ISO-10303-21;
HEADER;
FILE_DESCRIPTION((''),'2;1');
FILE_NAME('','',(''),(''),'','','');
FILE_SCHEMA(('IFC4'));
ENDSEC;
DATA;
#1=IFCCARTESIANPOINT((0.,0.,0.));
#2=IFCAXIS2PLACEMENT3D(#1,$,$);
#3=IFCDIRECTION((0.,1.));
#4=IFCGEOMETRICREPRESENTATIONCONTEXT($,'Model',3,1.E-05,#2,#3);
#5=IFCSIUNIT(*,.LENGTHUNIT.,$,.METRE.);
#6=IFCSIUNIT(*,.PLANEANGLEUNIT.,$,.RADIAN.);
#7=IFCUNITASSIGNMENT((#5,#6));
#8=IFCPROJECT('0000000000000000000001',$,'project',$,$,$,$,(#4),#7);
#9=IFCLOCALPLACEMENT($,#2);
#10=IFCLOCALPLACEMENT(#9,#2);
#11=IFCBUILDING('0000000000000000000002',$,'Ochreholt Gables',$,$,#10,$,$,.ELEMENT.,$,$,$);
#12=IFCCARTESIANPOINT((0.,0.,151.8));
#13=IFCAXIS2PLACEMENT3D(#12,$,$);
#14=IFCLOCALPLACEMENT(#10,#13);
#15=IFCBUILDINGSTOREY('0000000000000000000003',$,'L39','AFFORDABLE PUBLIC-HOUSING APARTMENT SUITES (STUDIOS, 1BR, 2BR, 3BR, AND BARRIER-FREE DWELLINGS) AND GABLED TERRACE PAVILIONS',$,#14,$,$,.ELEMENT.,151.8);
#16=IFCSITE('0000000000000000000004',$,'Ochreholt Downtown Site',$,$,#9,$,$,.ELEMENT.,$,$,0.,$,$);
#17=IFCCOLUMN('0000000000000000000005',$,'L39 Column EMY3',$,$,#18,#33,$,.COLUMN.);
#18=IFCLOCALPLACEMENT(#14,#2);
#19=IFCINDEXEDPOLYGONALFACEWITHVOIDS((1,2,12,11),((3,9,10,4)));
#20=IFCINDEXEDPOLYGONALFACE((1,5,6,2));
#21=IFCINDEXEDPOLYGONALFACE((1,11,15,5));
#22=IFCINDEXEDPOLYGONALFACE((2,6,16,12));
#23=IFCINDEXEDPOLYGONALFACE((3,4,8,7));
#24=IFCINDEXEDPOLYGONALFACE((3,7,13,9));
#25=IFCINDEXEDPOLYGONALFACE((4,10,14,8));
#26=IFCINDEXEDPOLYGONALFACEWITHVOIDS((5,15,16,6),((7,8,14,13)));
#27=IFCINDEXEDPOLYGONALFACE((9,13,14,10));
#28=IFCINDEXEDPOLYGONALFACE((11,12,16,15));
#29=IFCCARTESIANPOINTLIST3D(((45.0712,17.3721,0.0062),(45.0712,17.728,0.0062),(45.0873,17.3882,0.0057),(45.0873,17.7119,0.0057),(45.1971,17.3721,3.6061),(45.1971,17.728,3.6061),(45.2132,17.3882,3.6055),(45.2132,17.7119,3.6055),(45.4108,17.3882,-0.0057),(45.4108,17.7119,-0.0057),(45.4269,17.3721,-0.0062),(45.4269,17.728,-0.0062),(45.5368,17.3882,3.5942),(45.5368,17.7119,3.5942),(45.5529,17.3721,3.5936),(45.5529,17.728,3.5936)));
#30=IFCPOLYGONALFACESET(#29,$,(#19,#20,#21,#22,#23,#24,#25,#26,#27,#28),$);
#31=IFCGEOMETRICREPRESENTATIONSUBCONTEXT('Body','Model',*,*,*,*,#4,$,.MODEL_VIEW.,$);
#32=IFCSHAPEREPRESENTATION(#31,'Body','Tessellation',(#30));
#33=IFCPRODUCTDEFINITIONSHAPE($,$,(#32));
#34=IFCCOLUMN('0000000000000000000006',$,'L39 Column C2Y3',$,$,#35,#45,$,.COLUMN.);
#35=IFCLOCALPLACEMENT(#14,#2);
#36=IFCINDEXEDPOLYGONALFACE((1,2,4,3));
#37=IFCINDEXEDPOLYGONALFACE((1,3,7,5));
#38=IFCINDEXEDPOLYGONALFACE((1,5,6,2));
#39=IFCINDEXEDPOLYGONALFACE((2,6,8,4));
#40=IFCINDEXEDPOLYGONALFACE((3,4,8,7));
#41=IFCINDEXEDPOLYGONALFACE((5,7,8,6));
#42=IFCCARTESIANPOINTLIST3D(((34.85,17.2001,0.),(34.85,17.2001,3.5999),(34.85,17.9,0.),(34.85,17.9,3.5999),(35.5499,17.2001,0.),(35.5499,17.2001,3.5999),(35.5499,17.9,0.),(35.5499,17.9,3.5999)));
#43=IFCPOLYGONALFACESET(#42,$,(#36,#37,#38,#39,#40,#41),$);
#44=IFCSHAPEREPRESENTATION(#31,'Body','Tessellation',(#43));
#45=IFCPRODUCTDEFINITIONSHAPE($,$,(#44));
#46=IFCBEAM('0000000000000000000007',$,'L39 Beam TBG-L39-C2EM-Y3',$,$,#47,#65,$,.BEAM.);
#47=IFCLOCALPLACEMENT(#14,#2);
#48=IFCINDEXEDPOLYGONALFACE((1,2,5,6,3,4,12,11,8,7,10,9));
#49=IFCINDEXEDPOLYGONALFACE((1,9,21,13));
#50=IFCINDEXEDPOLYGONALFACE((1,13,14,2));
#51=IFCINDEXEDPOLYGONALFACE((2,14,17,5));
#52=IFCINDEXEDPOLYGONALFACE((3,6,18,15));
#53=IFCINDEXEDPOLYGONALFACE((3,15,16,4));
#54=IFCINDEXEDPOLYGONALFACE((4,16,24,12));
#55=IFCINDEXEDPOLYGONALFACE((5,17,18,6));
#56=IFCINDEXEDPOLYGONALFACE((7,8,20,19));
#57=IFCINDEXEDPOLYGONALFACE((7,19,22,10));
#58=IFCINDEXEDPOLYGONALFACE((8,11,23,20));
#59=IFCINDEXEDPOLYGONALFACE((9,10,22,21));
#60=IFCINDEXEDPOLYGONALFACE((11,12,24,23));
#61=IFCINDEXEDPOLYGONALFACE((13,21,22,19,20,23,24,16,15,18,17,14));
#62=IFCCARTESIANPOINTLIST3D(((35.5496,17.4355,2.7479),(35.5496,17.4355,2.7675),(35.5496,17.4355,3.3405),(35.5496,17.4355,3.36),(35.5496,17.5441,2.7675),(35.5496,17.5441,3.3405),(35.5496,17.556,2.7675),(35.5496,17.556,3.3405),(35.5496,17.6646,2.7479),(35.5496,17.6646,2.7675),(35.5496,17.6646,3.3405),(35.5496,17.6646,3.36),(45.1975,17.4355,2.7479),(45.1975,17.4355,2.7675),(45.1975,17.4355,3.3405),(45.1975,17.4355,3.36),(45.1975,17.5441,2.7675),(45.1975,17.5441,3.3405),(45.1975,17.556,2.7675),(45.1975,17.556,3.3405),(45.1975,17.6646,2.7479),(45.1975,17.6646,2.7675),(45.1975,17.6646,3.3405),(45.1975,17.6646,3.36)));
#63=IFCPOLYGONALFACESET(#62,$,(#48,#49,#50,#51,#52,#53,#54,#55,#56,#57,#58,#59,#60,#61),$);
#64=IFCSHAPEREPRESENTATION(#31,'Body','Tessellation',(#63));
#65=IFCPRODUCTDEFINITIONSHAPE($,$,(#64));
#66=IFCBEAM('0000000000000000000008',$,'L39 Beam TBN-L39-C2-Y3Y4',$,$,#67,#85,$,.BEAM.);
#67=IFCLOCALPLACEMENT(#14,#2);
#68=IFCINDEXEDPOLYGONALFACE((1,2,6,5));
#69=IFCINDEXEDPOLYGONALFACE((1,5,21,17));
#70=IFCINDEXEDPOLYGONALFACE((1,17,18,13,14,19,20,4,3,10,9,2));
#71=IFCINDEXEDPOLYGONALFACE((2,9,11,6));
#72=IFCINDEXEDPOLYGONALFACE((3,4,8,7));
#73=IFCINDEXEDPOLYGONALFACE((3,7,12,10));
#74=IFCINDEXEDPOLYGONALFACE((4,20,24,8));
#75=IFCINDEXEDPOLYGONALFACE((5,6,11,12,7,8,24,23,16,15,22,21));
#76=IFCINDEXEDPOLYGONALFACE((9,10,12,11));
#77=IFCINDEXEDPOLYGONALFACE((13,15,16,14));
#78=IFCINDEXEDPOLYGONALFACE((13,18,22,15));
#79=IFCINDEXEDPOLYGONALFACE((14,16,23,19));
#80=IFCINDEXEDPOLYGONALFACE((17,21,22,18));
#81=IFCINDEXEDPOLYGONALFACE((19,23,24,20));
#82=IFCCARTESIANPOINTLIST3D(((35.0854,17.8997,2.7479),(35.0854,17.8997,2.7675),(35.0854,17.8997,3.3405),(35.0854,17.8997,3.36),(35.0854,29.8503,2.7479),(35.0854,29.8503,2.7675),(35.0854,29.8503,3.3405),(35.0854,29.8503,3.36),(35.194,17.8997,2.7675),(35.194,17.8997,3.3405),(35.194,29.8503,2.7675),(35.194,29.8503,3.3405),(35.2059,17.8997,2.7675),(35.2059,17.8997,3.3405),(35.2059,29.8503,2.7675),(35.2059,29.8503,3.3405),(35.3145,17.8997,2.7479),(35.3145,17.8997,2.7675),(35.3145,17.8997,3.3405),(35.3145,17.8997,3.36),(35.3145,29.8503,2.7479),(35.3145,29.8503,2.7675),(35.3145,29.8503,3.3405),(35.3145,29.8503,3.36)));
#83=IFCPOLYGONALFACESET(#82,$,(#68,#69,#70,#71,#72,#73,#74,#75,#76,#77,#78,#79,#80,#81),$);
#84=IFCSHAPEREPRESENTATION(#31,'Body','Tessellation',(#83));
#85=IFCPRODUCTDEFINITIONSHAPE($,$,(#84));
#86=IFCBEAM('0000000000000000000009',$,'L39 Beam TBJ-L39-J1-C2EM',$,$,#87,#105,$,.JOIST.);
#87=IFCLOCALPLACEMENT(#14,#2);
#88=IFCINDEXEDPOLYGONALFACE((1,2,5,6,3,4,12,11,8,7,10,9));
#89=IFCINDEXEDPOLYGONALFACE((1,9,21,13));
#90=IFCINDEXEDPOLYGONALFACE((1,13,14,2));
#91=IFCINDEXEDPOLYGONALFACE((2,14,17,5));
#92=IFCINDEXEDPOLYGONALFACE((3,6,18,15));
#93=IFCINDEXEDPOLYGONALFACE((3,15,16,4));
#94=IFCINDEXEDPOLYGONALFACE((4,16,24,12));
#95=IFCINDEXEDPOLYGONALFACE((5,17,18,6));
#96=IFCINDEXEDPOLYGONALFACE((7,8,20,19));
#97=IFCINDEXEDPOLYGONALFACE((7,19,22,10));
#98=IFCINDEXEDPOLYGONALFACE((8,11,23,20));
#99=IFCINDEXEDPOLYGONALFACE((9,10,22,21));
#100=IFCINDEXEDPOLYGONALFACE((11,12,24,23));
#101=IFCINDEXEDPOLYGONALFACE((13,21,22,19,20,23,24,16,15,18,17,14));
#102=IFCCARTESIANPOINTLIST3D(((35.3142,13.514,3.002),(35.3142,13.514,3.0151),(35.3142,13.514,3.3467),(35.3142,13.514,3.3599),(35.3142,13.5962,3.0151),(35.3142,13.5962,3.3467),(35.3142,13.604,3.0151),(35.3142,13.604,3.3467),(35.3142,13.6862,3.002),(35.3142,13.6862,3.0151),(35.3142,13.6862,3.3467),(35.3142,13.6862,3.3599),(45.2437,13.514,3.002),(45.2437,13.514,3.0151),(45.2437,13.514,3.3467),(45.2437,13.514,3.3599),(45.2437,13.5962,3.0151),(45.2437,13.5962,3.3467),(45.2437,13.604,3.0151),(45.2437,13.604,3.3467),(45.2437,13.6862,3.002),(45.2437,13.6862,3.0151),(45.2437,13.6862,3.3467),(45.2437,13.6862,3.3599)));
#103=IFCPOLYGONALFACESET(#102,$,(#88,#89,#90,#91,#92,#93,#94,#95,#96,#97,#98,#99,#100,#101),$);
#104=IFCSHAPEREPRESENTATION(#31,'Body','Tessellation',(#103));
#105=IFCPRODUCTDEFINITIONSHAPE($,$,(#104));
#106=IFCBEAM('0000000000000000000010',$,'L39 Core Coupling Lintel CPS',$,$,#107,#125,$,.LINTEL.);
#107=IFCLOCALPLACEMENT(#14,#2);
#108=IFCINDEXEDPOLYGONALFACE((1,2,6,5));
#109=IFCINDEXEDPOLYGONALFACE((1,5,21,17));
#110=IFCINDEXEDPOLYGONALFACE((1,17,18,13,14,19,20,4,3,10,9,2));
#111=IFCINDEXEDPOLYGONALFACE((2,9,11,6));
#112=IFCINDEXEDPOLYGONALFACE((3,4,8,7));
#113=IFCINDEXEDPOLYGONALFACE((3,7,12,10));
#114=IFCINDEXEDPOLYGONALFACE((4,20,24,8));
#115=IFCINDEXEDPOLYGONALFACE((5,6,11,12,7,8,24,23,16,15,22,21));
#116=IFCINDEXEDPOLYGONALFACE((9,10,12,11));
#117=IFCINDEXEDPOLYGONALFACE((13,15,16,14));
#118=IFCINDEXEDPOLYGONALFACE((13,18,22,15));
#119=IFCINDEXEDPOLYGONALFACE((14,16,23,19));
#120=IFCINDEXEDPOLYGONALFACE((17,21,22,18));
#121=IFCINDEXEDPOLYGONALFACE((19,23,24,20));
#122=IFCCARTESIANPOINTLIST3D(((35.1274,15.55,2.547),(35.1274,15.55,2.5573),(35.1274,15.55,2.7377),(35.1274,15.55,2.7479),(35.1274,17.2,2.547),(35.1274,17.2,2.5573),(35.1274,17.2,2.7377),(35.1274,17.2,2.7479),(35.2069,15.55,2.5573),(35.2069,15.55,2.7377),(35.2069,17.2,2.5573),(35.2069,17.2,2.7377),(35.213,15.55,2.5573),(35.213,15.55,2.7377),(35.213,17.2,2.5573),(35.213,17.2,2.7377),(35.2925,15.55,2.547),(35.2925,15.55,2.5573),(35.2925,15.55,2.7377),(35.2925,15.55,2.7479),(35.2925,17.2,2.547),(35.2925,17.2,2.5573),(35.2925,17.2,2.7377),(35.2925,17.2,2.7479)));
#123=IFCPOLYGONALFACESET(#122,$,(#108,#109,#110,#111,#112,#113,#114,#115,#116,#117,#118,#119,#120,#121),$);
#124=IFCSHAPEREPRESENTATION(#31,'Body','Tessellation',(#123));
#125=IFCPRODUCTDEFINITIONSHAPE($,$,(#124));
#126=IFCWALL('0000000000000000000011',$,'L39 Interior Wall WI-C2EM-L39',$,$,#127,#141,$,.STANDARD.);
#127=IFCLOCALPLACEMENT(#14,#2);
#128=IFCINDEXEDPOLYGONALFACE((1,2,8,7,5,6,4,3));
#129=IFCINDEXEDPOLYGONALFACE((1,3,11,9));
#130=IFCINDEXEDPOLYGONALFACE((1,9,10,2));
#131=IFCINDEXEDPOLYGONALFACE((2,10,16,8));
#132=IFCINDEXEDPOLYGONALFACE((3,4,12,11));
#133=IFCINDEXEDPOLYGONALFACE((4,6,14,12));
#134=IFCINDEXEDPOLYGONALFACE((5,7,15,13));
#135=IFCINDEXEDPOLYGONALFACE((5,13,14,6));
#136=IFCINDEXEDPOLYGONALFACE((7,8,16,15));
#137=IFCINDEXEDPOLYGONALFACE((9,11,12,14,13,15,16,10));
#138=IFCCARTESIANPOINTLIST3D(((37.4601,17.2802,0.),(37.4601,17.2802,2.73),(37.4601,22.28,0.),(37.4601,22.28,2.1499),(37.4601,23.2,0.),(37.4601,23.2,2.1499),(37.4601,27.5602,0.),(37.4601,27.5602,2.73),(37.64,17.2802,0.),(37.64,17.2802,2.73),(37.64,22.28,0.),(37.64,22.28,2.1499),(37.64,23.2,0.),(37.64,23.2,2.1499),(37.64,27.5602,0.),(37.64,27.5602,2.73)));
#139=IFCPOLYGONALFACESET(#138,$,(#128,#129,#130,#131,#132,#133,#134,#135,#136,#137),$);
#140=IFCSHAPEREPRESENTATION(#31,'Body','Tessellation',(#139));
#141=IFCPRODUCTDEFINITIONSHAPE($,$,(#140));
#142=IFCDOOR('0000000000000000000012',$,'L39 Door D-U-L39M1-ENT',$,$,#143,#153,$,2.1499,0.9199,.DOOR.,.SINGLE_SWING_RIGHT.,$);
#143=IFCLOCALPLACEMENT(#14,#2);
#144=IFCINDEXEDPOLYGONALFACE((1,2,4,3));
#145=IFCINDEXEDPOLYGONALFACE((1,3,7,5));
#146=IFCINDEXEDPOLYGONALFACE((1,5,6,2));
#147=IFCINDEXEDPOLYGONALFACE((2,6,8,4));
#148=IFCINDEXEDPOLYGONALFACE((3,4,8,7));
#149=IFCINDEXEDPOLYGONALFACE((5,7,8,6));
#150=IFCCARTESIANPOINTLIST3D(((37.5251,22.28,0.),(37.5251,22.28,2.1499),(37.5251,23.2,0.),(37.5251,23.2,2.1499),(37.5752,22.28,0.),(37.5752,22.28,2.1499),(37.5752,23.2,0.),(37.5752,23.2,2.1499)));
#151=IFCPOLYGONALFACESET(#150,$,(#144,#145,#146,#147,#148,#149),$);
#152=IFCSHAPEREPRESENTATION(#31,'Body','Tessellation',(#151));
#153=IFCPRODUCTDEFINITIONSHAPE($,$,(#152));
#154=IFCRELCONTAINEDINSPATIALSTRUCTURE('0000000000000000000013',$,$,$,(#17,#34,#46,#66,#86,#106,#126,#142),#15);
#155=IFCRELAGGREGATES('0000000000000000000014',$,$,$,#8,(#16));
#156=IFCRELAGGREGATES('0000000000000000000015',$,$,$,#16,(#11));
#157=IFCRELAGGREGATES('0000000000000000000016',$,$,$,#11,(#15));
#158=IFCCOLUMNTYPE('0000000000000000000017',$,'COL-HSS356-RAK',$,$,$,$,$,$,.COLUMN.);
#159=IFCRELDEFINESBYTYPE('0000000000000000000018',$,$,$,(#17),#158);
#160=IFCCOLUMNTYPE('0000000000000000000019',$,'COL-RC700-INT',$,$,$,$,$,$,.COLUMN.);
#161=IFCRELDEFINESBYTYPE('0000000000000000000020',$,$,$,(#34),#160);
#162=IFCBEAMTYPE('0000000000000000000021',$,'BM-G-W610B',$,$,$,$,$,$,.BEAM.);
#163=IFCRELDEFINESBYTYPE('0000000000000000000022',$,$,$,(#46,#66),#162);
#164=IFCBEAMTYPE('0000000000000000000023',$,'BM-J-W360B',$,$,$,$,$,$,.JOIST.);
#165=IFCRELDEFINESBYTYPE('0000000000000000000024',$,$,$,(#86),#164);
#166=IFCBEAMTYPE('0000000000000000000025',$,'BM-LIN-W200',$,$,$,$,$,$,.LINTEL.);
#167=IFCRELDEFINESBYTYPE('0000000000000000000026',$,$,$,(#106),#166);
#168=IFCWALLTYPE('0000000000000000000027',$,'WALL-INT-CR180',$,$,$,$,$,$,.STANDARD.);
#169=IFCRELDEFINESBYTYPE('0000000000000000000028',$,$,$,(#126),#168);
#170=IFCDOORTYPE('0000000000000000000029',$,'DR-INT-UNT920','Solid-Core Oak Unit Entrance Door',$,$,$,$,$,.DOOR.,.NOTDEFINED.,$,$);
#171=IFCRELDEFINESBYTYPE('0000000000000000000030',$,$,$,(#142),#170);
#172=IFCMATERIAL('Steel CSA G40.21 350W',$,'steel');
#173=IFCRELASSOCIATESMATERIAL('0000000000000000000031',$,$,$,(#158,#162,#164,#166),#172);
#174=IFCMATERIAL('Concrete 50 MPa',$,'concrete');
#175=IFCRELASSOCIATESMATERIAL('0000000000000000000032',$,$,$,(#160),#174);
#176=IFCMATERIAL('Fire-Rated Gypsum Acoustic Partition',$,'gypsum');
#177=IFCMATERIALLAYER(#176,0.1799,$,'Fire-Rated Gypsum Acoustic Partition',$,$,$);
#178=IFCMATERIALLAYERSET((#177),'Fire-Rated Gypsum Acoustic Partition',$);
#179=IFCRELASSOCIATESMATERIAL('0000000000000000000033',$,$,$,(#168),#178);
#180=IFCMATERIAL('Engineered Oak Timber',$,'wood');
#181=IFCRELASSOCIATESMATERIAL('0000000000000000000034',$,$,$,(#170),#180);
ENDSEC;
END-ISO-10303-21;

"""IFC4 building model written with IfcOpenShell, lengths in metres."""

from ifc_helpers import new_model, si_unit, direction, frame, frame_2d, origin, origin_2d, place, context, subcontext, project, spatial, rectangle, hollow_rectangle, i_section, extrude, material, layer, layer_set, material_profile, profile_set, type_object, element, fill, save


model = new_model("IFC4")

# Units and contexts
model_context = context("Model", 3, precision=1e-05, world=origin(), true_north=direction((0.0, 1.0)))
body_context = subcontext(model_context, "Body", "Model", "MODEL_VIEW")
ifc_project = project(units=[si_unit("LENGTHUNIT", "METRE"), si_unit("PLANEANGLEUNIT", "RADIAN")], contexts=[model_context])

# Site, building, storey
site_placement = place(None, origin())
site = spatial("IfcSite", under=ifc_project, at=site_placement, Name="Ochreholt Downtown Site", CompositionType="ELEMENT", RefElevation=0.0)
building_placement = place(site_placement, origin())
building = spatial("IfcBuilding", under=site, at=building_placement, Name="Ochreholt Gables", CompositionType="ELEMENT")
storey_placement = place(building_placement, frame((0.0, 0.0, 151.8)))
storey = spatial("IfcBuildingStorey", under=building, at=storey_placement, Name="L39", Description="AFFORDABLE PUBLIC-HOUSING APARTMENT SUITES (STUDIOS, 1BR, 2BR, 3BR, AND BARRIER-FREE DWELLINGS) AND GABLED TERRACE PAVILIONS", CompositionType="ELEMENT", Elevation=151.8)

# Columns
ifc_material_1 = material(Name="Steel CSA G40.21 350W", Category="steel")
ifc_material_profile_1 = material_profile(ifc_material_1, hollow_rectangle(XDim=0.356, YDim=0.356, WallThickness=0.0161, at=origin_2d()), Name="HSS356X356X16")
ifc_profile_set_1 = profile_set([ifc_material_profile_1], Name="Steel CSA G40.21 350W")
column_type_1 = type_object("IfcColumnType", Name="COL-HSS356-RAK", PredefinedType="COLUMN", material=ifc_profile_set_1)
column_1_placement = place(storey_placement, frame((45.249, 17.55, 0.0), z_axis=(0.034974, 0.0, 0.999388), x_axis=(0.0, 1.0, 0.0)))
element("IfcColumn", 1, at=column_1_placement, inside=storey, type_object=column_type_1, Name="L39 Column EMY3", PredefinedType="COLUMN", context=body_context, shape_type="SweptSolid", body=[
    extrude(hollow_rectangle(XDim=0.356, YDim=0.356, WallThickness=0.0161, at=origin_2d()), origin(), (0.0, 0.0, 1.0), 3.6021),
])
ifc_material_2 = material(Name="Concrete 50 MPa", Category="concrete")
ifc_material_profile_2 = material_profile(ifc_material_2, rectangle(XDim=0.7, YDim=0.7, at=origin_2d()), Name="RC700X700")
ifc_profile_set_2 = profile_set([ifc_material_profile_2], Name="Concrete 50 MPa")
column_type_2 = type_object("IfcColumnType", Name="COL-RC700-INT", PredefinedType="COLUMN", material=ifc_profile_set_2)
column_2_placement = place(storey_placement, frame((35.2, 17.55, 0.0), z_axis=(0.0, 0.0, 1.0), x_axis=(1.0, 0.0, 0.0)))
element("IfcColumn", 2, at=column_2_placement, inside=storey, type_object=column_type_2, Name="L39 Column C2Y3", PredefinedType="COLUMN", context=body_context, shape_type="SweptSolid", body=[
    extrude(rectangle(XDim=0.7, YDim=0.7, at=origin_2d()), origin(), (0.0, 0.0, 1.0), 3.5999),
])

# Beams
ifc_material_profile_3 = material_profile(ifc_material_1, i_section(OverallWidth=0.229, OverallDepth=0.6121, WebThickness=0.012, FlangeThickness=0.0195, at=origin_2d()), Name="W610X125")
ifc_profile_set_3 = profile_set([ifc_material_profile_3], Name="Steel CSA G40.21 350W")
beam_type_1 = type_object("IfcBeamType", Name="BM-G-W610B", PredefinedType="BEAM", material=ifc_profile_set_3)
beam_1_placement = place(storey_placement, frame((35.5496, 17.55, 3.054), z_axis=(1.0, 0.0, 0.0), x_axis=(0.0, 1.0, 0.0)))
element("IfcBeam", 3, at=beam_1_placement, inside=storey, type_object=beam_type_1, Name="L39 Beam TBG-L39-C2EM-Y3", PredefinedType="BEAM", context=body_context, shape_type="SweptSolid", body=[
    extrude(i_section(OverallWidth=0.229, OverallDepth=0.6121, WebThickness=0.012, FlangeThickness=0.0195, at=origin_2d()), origin(), (0.0, 0.0, 1.0), 9.6479),
])
beam_2_placement = place(storey_placement, frame((35.2, 17.8997, 3.054), z_axis=(0.0, 1.0, 0.0), x_axis=(-1.0, 0.0, 0.0)))
element("IfcBeam", 4, at=beam_2_placement, inside=storey, type_object=beam_type_1, Name="L39 Beam TBN-L39-C2-Y3Y4", PredefinedType="BEAM", context=body_context, shape_type="SweptSolid", body=[
    extrude(i_section(OverallWidth=0.229, OverallDepth=0.6121, WebThickness=0.012, FlangeThickness=0.0195, at=origin_2d()), origin(), (0.0, 0.0, 1.0), 11.9507),
])
ifc_material_profile_4 = material_profile(ifc_material_1, i_section(OverallWidth=0.1721, OverallDepth=0.3579, WebThickness=0.0078, FlangeThickness=0.0132, at=origin_2d()), Name="W360X57")
ifc_profile_set_4 = profile_set([ifc_material_profile_4], Name="Steel CSA G40.21 350W")
beam_type_2 = type_object("IfcBeamType", Name="BM-J-W360B", PredefinedType="JOIST", material=ifc_profile_set_4)
beam_3_placement = place(storey_placement, frame((35.3142, 13.6001, 3.1809), z_axis=(1.0, 0.0, 0.0), x_axis=(0.0, 1.0, 0.0)))
element("IfcBeam", 5, at=beam_3_placement, inside=storey, type_object=beam_type_2, Name="L39 Beam TBJ-L39-J1-C2EM", PredefinedType="JOIST", context=body_context, shape_type="SweptSolid", body=[
    extrude(i_section(OverallWidth=0.1721, OverallDepth=0.3579, WebThickness=0.0078, FlangeThickness=0.0132, at=origin_2d()), origin(), (0.0, 0.0, 1.0), 9.9294),
])
ifc_material_profile_5 = material_profile(ifc_material_1, i_section(OverallWidth=0.165, OverallDepth=0.2009, WebThickness=0.0061, FlangeThickness=0.0103, at=origin_2d()), Name="W200X36")
ifc_profile_set_5 = profile_set([ifc_material_profile_5], Name="Steel CSA G40.21 350W")
beam_type_3 = type_object("IfcBeamType", Name="BM-LIN-W200", PredefinedType="LINTEL", material=ifc_profile_set_5)
beam_4_placement = place(storey_placement, frame((35.21, 15.55, 2.6475), z_axis=(0.0, 1.0, 0.0), x_axis=(-1.0, 0.0, 0.0)))
element("IfcBeam", 6, at=beam_4_placement, inside=storey, type_object=beam_type_3, Name="L39 Core Coupling Lintel CPS", PredefinedType="LINTEL", context=body_context, shape_type="SweptSolid", body=[
    extrude(i_section(OverallWidth=0.165, OverallDepth=0.2009, WebThickness=0.0061, FlangeThickness=0.0103, at=origin_2d()), origin(), (0.0, 0.0, 1.0), 1.6499),
])

# Wall, opening, door
ifc_material_3 = material(Name="Fire-Rated Gypsum Acoustic Partition", Category="gypsum")
ifc_layer_1 = layer(ifc_material_3, 0.1799, Name="Fire-Rated Gypsum Acoustic Partition")
ifc_layer_set_1 = layer_set([ifc_layer_1], Name="Fire-Rated Gypsum Acoustic Partition")
wall_type_1 = type_object("IfcWallType", Name="WALL-INT-CR180", PredefinedType="STANDARD", material=ifc_layer_set_1)
wall_1_placement = place(storey_placement, frame((37.55, 17.28, 0.0), z_axis=(0.0, 0.0, 1.0), x_axis=(0.0, 1.0, 0.0)))
wall_1 = element("IfcWall", 7, at=wall_1_placement, inside=storey, type_object=wall_type_1, Name="L39 Interior Wall WI-C2EM-L39", PredefinedType="STANDARD", context=body_context, shape_type="SweptSolid", body=[
    extrude(rectangle(XDim=10.28, YDim=0.1799, at=frame_2d((5.1401, 0.0))), origin(), (0.0, 0.0, 1.0), 2.73),
])
opening_1_placement = place(wall_1_placement, frame((5.0, 0.0, 0.0)))
opening_1 = element("IfcOpeningElement", 8, at=opening_1_placement, cuts=wall_1, PredefinedType="OPENING", context=body_context, shape_type="SweptSolid", body=[
    extrude(rectangle(XDim=0.9199, YDim=2.1499, at=frame_2d((0.46, 1.075))), frame((0.0, 0.0999, 0.0), z_axis=(0.0, -1.0, 0.0), x_axis=(1.0, 0.0, 0.0)), (0.0, 0.0, 1.0), 0.2),
])
ifc_material_4 = material(Name="Engineered Oak Timber", Category="wood")
door_type_1 = type_object("IfcDoorType", Name="DR-INT-UNT920", Description="Solid-Core Oak Unit Entrance Door", OperationType="NOTDEFINED", PredefinedType="DOOR", material=ifc_material_4)
door_1_placement = place(opening_1_placement, origin())
door_1 = element("IfcDoor", 9, at=door_1_placement, inside=storey, type_object=door_type_1, Name="L39 Door D-U-L39M1-ENT", OperationType="SINGLE_SWING_RIGHT", OverallHeight=2.1499, OverallWidth=0.9199, PredefinedType="DOOR", context=body_context, shape_type="SweptSolid", body=[
    extrude(rectangle(XDim=0.9199, YDim=2.1499, at=frame_2d((0.46, 1.075))), frame((0.0, 0.0249, 0.0), z_axis=(0.0, -1.0, 0.0), x_axis=(1.0, 0.0, 0.0)), (0.0, 0.0, 1.0), 0.05),
])
fill(opening_1, door_1)

save(model, "model.ifc")
